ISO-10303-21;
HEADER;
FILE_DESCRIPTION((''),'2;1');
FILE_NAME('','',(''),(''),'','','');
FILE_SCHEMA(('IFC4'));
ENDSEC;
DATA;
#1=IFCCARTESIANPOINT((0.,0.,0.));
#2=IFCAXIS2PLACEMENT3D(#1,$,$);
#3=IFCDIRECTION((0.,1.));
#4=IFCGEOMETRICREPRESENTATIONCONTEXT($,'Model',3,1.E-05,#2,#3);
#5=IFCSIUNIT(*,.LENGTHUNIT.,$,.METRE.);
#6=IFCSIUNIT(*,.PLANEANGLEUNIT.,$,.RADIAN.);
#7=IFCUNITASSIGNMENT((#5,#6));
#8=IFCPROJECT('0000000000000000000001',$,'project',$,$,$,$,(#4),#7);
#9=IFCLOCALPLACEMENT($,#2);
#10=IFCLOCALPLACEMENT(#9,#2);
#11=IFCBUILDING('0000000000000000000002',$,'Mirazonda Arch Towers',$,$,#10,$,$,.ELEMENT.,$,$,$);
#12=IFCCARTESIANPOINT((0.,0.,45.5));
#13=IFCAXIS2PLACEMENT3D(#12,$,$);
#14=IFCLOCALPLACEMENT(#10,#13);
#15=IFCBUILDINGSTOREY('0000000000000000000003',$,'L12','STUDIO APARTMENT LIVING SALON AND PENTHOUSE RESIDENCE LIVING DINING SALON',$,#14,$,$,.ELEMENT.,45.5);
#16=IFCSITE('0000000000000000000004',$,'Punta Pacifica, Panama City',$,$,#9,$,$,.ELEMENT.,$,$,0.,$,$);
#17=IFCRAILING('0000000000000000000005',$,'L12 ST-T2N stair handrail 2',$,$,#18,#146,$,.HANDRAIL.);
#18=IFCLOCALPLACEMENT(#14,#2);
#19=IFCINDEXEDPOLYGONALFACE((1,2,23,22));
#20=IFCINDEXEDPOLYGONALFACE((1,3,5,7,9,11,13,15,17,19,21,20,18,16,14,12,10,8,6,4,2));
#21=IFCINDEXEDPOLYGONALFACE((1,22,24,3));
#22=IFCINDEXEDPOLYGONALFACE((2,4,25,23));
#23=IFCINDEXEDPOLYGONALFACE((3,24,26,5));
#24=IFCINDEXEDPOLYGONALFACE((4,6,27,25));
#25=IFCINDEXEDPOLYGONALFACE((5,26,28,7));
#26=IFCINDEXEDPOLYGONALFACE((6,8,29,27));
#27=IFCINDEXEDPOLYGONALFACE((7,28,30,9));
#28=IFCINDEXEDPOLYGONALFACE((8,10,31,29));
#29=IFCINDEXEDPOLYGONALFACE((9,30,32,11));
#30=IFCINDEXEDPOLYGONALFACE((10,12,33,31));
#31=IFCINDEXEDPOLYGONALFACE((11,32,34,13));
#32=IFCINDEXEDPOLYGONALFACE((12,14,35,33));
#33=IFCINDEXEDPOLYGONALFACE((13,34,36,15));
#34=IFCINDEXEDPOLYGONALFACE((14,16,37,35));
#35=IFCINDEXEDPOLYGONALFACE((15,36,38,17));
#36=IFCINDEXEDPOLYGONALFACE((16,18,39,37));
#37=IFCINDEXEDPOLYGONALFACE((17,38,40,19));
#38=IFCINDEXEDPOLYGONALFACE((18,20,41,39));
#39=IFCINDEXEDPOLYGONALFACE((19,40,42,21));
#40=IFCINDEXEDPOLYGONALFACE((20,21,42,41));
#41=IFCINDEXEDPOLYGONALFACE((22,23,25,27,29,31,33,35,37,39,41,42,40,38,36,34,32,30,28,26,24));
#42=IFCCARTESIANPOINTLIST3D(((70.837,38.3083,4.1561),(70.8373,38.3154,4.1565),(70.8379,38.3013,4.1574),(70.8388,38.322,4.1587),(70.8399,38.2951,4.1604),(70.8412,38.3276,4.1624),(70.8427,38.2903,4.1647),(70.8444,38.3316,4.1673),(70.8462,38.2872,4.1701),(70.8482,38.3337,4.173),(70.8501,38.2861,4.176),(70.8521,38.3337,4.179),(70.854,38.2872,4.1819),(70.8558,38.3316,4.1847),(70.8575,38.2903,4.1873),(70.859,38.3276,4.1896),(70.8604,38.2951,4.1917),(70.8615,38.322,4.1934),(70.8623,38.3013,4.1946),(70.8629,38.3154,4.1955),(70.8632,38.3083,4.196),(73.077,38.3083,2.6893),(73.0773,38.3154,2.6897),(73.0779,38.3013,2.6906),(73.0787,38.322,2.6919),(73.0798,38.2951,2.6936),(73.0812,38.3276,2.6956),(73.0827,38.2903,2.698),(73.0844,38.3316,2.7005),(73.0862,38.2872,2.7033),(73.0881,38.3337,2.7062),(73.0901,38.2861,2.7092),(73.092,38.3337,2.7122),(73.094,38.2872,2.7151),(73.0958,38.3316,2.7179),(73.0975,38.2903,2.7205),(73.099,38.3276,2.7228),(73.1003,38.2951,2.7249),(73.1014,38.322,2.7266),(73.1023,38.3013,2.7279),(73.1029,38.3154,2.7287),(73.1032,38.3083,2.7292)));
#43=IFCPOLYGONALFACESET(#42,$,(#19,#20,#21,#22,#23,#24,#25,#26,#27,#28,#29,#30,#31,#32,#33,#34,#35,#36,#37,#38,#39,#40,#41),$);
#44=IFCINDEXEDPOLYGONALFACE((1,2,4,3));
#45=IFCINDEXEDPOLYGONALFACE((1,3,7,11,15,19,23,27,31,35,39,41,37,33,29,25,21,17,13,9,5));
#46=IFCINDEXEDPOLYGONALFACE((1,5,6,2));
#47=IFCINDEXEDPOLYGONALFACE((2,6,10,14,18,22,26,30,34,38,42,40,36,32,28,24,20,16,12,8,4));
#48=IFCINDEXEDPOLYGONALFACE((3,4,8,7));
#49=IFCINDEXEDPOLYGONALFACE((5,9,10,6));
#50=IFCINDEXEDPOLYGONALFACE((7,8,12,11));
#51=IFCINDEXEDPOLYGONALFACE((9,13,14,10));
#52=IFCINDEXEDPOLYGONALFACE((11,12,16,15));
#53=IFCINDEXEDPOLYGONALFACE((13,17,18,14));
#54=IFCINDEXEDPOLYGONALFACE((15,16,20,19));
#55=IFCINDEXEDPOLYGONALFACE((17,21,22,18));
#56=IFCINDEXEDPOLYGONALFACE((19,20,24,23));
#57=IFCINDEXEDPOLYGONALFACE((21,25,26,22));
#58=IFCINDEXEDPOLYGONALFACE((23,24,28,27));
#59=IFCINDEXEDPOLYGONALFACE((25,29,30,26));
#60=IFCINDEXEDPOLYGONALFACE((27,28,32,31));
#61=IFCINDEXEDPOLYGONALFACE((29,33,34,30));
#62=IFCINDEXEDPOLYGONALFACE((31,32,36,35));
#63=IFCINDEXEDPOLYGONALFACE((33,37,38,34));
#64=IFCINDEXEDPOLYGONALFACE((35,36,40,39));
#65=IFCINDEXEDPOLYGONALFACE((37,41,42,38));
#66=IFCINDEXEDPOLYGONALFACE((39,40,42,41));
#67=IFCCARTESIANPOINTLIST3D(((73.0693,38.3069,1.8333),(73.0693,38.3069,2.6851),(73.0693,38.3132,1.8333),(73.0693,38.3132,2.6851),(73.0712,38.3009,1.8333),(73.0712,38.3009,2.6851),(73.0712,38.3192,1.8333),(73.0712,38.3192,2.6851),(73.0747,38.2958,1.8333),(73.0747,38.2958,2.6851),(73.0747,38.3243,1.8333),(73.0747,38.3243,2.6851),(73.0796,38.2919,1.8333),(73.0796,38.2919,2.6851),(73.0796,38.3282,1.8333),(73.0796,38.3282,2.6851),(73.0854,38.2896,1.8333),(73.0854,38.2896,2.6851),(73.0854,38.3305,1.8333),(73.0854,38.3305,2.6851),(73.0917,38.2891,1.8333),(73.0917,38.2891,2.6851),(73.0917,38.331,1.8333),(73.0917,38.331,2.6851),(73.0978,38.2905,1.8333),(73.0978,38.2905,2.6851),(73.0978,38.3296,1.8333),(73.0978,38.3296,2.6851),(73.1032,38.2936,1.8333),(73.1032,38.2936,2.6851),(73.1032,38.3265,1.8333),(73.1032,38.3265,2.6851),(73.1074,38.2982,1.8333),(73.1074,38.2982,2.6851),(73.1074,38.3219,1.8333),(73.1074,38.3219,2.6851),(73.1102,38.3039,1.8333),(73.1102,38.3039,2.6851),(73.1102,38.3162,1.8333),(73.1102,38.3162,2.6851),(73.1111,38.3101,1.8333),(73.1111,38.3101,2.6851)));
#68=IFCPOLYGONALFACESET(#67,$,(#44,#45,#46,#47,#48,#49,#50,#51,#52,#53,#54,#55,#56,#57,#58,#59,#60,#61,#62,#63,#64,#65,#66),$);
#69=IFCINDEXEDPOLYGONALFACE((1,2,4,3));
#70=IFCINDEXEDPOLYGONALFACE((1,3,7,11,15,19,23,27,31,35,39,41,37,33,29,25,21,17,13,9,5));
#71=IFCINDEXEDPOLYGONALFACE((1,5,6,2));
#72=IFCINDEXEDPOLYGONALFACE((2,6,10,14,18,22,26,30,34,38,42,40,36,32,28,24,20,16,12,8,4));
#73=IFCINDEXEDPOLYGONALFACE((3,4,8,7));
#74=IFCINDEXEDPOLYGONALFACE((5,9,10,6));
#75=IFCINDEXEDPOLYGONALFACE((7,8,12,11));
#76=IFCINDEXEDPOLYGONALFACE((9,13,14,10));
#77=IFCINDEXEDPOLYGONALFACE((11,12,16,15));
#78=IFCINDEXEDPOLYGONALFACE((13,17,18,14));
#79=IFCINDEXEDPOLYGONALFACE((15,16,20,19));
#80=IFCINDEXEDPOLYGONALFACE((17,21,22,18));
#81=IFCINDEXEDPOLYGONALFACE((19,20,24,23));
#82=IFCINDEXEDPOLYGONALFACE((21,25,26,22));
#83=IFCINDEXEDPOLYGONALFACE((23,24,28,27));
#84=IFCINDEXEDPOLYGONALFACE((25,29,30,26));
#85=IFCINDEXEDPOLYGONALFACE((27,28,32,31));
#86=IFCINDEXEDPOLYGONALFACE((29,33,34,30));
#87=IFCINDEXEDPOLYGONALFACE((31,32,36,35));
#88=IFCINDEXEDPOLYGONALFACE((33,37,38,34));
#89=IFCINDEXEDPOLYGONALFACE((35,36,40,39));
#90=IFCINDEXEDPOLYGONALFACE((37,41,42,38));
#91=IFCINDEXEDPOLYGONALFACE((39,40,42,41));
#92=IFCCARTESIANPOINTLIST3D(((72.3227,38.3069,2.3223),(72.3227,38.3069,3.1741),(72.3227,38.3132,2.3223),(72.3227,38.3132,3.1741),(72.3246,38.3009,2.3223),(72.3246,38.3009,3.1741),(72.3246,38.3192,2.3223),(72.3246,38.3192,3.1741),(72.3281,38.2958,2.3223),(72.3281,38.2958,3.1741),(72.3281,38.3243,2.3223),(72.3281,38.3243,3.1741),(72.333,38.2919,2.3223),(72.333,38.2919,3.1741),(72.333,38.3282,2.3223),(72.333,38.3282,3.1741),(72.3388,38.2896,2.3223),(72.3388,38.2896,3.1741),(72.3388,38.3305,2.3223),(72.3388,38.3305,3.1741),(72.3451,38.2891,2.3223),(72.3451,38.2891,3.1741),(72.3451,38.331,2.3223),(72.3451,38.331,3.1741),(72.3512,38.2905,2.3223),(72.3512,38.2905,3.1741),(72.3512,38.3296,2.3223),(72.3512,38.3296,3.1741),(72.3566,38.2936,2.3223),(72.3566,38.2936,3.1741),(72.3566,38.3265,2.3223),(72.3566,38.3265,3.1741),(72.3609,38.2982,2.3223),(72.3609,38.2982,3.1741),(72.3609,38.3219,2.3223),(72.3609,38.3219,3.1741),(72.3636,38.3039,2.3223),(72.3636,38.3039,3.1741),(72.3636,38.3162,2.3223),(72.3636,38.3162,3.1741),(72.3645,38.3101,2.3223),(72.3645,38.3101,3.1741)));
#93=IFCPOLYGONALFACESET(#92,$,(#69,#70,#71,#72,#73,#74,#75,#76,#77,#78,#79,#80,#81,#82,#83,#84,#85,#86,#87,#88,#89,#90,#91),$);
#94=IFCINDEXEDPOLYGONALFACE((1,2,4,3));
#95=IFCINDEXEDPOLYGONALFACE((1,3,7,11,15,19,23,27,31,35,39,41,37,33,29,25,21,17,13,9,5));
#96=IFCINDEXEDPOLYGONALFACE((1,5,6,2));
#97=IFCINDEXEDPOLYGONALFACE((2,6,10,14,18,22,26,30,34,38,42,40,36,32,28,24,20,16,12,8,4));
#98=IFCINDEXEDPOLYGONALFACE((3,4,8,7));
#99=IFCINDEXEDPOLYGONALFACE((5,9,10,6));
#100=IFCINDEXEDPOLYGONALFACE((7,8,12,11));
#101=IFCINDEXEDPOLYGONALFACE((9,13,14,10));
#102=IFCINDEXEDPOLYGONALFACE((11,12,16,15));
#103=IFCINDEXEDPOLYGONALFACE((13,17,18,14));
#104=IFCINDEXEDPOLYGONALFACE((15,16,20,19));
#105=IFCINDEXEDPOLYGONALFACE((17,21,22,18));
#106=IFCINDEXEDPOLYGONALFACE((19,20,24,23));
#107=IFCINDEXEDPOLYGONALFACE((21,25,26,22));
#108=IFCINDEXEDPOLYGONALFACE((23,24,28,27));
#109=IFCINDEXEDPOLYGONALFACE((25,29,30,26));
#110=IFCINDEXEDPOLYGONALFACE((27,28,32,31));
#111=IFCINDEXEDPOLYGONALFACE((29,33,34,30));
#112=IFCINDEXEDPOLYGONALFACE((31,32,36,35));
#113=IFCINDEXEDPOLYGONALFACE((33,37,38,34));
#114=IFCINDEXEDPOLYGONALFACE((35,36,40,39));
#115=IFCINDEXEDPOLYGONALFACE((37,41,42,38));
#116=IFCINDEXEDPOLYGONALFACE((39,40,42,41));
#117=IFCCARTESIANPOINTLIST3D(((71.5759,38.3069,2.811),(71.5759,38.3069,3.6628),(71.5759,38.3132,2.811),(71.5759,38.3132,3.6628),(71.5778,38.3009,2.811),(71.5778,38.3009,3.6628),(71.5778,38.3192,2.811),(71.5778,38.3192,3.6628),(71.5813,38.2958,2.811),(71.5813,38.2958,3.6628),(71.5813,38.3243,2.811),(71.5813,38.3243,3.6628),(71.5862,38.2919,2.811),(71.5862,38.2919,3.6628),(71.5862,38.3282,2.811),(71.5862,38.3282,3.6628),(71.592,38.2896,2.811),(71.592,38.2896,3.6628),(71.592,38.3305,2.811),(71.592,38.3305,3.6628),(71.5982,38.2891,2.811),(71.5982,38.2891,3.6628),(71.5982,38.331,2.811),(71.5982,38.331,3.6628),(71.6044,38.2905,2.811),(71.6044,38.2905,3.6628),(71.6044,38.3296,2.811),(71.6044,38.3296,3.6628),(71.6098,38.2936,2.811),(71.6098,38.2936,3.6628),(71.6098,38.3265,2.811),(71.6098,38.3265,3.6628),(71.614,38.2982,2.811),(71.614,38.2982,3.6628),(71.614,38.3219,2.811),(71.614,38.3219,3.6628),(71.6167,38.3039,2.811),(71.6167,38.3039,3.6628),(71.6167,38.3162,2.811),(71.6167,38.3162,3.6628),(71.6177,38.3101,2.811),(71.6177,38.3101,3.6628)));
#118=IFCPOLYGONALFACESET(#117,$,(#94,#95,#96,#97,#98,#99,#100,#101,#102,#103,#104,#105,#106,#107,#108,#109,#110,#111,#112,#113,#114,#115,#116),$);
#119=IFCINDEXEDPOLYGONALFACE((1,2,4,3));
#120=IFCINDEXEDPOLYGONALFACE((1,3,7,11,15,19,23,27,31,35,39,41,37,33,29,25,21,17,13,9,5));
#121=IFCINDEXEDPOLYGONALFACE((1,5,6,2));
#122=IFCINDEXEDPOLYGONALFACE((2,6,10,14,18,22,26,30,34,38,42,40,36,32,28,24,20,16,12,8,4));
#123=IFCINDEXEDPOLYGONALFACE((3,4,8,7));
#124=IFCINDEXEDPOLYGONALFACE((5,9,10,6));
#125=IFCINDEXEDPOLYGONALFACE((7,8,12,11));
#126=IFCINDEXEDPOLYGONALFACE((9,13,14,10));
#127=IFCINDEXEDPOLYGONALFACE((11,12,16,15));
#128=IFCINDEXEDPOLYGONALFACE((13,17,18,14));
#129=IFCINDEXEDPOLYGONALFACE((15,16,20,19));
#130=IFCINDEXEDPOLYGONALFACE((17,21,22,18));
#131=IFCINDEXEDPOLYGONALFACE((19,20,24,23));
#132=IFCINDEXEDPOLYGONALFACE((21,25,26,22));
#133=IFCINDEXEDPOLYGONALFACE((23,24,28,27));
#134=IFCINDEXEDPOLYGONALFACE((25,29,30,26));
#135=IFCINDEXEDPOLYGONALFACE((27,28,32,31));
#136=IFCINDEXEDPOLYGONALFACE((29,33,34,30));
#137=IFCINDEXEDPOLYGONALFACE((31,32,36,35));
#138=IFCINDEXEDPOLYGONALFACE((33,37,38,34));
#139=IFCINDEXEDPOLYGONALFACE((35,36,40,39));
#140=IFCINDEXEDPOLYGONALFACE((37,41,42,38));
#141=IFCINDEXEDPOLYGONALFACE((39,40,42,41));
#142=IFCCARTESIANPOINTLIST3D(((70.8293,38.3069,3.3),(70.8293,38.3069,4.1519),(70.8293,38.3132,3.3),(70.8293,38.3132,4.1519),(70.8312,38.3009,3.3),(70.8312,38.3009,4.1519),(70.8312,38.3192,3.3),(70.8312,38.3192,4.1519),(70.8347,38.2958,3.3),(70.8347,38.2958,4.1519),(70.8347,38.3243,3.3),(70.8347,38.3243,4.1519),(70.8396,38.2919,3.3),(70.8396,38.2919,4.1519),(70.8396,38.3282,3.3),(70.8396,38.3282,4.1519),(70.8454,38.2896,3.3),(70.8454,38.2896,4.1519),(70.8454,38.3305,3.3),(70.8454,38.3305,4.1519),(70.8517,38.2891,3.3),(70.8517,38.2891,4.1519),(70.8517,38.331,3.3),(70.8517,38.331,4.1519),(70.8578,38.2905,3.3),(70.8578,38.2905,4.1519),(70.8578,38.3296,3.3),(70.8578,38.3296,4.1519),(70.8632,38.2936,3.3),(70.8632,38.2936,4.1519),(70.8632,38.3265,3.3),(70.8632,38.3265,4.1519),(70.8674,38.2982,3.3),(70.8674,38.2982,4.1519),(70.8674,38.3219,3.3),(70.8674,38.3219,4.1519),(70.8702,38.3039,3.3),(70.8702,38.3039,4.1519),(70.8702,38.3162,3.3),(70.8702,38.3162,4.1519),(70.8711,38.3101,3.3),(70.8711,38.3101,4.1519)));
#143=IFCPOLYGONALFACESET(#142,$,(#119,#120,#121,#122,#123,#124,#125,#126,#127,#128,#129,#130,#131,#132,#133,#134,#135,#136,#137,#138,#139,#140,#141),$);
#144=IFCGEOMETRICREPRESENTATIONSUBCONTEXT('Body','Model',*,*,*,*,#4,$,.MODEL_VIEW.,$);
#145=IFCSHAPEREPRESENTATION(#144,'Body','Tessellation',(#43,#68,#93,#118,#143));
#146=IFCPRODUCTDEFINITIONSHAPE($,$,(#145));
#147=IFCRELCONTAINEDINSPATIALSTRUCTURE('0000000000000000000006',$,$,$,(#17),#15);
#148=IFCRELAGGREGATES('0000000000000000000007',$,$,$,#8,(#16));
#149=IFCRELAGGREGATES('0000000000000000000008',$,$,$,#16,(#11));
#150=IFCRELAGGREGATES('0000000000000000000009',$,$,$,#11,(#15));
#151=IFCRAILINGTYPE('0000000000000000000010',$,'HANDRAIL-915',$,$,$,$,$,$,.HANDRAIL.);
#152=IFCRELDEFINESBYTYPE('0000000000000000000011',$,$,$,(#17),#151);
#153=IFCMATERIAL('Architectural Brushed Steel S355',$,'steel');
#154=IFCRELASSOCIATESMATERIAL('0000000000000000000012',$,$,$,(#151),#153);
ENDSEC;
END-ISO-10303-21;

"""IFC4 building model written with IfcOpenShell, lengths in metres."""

from ifc_helpers import new_model, si_unit, direction, frame, origin, origin_2d, place, context, subcontext, project, spatial, circle, extrude, material, type_object, element, save


model = new_model("IFC4")

# Units and contexts
model_context = context("Model", 3, precision=1e-05, world=origin(), true_north=direction((0.0, 1.0)))
body_context = subcontext(model_context, "Body", "Model", "MODEL_VIEW")
ifc_project = project(units=[si_unit("LENGTHUNIT", "METRE"), si_unit("PLANEANGLEUNIT", "RADIAN")], contexts=[model_context])

# Site, building, storey
site_placement = place(None, origin())
site = spatial("IfcSite", under=ifc_project, at=site_placement, Name="Punta Pacifica, Panama City", CompositionType="ELEMENT", RefElevation=0.0)
building_placement = place(site_placement, origin())
building = spatial("IfcBuilding", under=site, at=building_placement, Name="Mirazonda Arch Towers", CompositionType="ELEMENT")
storey_placement = place(building_placement, frame((0.0, 0.0, 45.5)))
storey = spatial("IfcBuildingStorey", under=building, at=storey_placement, Name="L12", Description="STUDIO APARTMENT LIVING SALON AND PENTHOUSE RESIDENCE LIVING DINING SALON", CompositionType="ELEMENT", Elevation=45.5)

# Shared definitions
ifc_material_1 = material(Name="Architectural Brushed Steel S355", Category="steel")

# Railing
railing_type_1 = type_object("IfcRailingType", Name="HANDRAIL-915", PredefinedType="HANDRAIL", material=ifc_material_1)
railing_1_placement = place(storey_placement, frame((73.0901, 38.3101, 1.8333)))
element("IfcRailing", 1, at=railing_1_placement, inside=storey, type_object=railing_type_1, Name="L12 ST-T2N stair handrail 2", PredefinedType="HANDRAIL", context=body_context, shape_type="SweptSolid", body=[
    extrude(circle(Radius=0.0239, at=origin_2d()), frame((0.0, 0.0, 0.876), z_axis=(-0.836595, 0.0, 0.547822), x_axis=(0.0, -1.0, 0.0)), (0.0, 0.0, 1.0), 2.6775),
    extrude(circle(Radius=0.021, at=origin_2d()), origin(), (0.0, 0.0, 1.0), 0.8518),
    extrude(circle(Radius=0.021, at=origin_2d()), frame((-0.7466, 0.0, 0.489)), (0.0, 0.0, 1.0), 0.8518),
    extrude(circle(Radius=0.021, at=origin_2d()), frame((-1.4934, 0.0, 0.9778)), (0.0, 0.0, 1.0), 0.8518),
    extrude(circle(Radius=0.021, at=origin_2d()), frame((-2.24, 0.0, 1.4668)), (0.0, 0.0, 1.0), 0.8518),
])

save(model, "model.ifc")
